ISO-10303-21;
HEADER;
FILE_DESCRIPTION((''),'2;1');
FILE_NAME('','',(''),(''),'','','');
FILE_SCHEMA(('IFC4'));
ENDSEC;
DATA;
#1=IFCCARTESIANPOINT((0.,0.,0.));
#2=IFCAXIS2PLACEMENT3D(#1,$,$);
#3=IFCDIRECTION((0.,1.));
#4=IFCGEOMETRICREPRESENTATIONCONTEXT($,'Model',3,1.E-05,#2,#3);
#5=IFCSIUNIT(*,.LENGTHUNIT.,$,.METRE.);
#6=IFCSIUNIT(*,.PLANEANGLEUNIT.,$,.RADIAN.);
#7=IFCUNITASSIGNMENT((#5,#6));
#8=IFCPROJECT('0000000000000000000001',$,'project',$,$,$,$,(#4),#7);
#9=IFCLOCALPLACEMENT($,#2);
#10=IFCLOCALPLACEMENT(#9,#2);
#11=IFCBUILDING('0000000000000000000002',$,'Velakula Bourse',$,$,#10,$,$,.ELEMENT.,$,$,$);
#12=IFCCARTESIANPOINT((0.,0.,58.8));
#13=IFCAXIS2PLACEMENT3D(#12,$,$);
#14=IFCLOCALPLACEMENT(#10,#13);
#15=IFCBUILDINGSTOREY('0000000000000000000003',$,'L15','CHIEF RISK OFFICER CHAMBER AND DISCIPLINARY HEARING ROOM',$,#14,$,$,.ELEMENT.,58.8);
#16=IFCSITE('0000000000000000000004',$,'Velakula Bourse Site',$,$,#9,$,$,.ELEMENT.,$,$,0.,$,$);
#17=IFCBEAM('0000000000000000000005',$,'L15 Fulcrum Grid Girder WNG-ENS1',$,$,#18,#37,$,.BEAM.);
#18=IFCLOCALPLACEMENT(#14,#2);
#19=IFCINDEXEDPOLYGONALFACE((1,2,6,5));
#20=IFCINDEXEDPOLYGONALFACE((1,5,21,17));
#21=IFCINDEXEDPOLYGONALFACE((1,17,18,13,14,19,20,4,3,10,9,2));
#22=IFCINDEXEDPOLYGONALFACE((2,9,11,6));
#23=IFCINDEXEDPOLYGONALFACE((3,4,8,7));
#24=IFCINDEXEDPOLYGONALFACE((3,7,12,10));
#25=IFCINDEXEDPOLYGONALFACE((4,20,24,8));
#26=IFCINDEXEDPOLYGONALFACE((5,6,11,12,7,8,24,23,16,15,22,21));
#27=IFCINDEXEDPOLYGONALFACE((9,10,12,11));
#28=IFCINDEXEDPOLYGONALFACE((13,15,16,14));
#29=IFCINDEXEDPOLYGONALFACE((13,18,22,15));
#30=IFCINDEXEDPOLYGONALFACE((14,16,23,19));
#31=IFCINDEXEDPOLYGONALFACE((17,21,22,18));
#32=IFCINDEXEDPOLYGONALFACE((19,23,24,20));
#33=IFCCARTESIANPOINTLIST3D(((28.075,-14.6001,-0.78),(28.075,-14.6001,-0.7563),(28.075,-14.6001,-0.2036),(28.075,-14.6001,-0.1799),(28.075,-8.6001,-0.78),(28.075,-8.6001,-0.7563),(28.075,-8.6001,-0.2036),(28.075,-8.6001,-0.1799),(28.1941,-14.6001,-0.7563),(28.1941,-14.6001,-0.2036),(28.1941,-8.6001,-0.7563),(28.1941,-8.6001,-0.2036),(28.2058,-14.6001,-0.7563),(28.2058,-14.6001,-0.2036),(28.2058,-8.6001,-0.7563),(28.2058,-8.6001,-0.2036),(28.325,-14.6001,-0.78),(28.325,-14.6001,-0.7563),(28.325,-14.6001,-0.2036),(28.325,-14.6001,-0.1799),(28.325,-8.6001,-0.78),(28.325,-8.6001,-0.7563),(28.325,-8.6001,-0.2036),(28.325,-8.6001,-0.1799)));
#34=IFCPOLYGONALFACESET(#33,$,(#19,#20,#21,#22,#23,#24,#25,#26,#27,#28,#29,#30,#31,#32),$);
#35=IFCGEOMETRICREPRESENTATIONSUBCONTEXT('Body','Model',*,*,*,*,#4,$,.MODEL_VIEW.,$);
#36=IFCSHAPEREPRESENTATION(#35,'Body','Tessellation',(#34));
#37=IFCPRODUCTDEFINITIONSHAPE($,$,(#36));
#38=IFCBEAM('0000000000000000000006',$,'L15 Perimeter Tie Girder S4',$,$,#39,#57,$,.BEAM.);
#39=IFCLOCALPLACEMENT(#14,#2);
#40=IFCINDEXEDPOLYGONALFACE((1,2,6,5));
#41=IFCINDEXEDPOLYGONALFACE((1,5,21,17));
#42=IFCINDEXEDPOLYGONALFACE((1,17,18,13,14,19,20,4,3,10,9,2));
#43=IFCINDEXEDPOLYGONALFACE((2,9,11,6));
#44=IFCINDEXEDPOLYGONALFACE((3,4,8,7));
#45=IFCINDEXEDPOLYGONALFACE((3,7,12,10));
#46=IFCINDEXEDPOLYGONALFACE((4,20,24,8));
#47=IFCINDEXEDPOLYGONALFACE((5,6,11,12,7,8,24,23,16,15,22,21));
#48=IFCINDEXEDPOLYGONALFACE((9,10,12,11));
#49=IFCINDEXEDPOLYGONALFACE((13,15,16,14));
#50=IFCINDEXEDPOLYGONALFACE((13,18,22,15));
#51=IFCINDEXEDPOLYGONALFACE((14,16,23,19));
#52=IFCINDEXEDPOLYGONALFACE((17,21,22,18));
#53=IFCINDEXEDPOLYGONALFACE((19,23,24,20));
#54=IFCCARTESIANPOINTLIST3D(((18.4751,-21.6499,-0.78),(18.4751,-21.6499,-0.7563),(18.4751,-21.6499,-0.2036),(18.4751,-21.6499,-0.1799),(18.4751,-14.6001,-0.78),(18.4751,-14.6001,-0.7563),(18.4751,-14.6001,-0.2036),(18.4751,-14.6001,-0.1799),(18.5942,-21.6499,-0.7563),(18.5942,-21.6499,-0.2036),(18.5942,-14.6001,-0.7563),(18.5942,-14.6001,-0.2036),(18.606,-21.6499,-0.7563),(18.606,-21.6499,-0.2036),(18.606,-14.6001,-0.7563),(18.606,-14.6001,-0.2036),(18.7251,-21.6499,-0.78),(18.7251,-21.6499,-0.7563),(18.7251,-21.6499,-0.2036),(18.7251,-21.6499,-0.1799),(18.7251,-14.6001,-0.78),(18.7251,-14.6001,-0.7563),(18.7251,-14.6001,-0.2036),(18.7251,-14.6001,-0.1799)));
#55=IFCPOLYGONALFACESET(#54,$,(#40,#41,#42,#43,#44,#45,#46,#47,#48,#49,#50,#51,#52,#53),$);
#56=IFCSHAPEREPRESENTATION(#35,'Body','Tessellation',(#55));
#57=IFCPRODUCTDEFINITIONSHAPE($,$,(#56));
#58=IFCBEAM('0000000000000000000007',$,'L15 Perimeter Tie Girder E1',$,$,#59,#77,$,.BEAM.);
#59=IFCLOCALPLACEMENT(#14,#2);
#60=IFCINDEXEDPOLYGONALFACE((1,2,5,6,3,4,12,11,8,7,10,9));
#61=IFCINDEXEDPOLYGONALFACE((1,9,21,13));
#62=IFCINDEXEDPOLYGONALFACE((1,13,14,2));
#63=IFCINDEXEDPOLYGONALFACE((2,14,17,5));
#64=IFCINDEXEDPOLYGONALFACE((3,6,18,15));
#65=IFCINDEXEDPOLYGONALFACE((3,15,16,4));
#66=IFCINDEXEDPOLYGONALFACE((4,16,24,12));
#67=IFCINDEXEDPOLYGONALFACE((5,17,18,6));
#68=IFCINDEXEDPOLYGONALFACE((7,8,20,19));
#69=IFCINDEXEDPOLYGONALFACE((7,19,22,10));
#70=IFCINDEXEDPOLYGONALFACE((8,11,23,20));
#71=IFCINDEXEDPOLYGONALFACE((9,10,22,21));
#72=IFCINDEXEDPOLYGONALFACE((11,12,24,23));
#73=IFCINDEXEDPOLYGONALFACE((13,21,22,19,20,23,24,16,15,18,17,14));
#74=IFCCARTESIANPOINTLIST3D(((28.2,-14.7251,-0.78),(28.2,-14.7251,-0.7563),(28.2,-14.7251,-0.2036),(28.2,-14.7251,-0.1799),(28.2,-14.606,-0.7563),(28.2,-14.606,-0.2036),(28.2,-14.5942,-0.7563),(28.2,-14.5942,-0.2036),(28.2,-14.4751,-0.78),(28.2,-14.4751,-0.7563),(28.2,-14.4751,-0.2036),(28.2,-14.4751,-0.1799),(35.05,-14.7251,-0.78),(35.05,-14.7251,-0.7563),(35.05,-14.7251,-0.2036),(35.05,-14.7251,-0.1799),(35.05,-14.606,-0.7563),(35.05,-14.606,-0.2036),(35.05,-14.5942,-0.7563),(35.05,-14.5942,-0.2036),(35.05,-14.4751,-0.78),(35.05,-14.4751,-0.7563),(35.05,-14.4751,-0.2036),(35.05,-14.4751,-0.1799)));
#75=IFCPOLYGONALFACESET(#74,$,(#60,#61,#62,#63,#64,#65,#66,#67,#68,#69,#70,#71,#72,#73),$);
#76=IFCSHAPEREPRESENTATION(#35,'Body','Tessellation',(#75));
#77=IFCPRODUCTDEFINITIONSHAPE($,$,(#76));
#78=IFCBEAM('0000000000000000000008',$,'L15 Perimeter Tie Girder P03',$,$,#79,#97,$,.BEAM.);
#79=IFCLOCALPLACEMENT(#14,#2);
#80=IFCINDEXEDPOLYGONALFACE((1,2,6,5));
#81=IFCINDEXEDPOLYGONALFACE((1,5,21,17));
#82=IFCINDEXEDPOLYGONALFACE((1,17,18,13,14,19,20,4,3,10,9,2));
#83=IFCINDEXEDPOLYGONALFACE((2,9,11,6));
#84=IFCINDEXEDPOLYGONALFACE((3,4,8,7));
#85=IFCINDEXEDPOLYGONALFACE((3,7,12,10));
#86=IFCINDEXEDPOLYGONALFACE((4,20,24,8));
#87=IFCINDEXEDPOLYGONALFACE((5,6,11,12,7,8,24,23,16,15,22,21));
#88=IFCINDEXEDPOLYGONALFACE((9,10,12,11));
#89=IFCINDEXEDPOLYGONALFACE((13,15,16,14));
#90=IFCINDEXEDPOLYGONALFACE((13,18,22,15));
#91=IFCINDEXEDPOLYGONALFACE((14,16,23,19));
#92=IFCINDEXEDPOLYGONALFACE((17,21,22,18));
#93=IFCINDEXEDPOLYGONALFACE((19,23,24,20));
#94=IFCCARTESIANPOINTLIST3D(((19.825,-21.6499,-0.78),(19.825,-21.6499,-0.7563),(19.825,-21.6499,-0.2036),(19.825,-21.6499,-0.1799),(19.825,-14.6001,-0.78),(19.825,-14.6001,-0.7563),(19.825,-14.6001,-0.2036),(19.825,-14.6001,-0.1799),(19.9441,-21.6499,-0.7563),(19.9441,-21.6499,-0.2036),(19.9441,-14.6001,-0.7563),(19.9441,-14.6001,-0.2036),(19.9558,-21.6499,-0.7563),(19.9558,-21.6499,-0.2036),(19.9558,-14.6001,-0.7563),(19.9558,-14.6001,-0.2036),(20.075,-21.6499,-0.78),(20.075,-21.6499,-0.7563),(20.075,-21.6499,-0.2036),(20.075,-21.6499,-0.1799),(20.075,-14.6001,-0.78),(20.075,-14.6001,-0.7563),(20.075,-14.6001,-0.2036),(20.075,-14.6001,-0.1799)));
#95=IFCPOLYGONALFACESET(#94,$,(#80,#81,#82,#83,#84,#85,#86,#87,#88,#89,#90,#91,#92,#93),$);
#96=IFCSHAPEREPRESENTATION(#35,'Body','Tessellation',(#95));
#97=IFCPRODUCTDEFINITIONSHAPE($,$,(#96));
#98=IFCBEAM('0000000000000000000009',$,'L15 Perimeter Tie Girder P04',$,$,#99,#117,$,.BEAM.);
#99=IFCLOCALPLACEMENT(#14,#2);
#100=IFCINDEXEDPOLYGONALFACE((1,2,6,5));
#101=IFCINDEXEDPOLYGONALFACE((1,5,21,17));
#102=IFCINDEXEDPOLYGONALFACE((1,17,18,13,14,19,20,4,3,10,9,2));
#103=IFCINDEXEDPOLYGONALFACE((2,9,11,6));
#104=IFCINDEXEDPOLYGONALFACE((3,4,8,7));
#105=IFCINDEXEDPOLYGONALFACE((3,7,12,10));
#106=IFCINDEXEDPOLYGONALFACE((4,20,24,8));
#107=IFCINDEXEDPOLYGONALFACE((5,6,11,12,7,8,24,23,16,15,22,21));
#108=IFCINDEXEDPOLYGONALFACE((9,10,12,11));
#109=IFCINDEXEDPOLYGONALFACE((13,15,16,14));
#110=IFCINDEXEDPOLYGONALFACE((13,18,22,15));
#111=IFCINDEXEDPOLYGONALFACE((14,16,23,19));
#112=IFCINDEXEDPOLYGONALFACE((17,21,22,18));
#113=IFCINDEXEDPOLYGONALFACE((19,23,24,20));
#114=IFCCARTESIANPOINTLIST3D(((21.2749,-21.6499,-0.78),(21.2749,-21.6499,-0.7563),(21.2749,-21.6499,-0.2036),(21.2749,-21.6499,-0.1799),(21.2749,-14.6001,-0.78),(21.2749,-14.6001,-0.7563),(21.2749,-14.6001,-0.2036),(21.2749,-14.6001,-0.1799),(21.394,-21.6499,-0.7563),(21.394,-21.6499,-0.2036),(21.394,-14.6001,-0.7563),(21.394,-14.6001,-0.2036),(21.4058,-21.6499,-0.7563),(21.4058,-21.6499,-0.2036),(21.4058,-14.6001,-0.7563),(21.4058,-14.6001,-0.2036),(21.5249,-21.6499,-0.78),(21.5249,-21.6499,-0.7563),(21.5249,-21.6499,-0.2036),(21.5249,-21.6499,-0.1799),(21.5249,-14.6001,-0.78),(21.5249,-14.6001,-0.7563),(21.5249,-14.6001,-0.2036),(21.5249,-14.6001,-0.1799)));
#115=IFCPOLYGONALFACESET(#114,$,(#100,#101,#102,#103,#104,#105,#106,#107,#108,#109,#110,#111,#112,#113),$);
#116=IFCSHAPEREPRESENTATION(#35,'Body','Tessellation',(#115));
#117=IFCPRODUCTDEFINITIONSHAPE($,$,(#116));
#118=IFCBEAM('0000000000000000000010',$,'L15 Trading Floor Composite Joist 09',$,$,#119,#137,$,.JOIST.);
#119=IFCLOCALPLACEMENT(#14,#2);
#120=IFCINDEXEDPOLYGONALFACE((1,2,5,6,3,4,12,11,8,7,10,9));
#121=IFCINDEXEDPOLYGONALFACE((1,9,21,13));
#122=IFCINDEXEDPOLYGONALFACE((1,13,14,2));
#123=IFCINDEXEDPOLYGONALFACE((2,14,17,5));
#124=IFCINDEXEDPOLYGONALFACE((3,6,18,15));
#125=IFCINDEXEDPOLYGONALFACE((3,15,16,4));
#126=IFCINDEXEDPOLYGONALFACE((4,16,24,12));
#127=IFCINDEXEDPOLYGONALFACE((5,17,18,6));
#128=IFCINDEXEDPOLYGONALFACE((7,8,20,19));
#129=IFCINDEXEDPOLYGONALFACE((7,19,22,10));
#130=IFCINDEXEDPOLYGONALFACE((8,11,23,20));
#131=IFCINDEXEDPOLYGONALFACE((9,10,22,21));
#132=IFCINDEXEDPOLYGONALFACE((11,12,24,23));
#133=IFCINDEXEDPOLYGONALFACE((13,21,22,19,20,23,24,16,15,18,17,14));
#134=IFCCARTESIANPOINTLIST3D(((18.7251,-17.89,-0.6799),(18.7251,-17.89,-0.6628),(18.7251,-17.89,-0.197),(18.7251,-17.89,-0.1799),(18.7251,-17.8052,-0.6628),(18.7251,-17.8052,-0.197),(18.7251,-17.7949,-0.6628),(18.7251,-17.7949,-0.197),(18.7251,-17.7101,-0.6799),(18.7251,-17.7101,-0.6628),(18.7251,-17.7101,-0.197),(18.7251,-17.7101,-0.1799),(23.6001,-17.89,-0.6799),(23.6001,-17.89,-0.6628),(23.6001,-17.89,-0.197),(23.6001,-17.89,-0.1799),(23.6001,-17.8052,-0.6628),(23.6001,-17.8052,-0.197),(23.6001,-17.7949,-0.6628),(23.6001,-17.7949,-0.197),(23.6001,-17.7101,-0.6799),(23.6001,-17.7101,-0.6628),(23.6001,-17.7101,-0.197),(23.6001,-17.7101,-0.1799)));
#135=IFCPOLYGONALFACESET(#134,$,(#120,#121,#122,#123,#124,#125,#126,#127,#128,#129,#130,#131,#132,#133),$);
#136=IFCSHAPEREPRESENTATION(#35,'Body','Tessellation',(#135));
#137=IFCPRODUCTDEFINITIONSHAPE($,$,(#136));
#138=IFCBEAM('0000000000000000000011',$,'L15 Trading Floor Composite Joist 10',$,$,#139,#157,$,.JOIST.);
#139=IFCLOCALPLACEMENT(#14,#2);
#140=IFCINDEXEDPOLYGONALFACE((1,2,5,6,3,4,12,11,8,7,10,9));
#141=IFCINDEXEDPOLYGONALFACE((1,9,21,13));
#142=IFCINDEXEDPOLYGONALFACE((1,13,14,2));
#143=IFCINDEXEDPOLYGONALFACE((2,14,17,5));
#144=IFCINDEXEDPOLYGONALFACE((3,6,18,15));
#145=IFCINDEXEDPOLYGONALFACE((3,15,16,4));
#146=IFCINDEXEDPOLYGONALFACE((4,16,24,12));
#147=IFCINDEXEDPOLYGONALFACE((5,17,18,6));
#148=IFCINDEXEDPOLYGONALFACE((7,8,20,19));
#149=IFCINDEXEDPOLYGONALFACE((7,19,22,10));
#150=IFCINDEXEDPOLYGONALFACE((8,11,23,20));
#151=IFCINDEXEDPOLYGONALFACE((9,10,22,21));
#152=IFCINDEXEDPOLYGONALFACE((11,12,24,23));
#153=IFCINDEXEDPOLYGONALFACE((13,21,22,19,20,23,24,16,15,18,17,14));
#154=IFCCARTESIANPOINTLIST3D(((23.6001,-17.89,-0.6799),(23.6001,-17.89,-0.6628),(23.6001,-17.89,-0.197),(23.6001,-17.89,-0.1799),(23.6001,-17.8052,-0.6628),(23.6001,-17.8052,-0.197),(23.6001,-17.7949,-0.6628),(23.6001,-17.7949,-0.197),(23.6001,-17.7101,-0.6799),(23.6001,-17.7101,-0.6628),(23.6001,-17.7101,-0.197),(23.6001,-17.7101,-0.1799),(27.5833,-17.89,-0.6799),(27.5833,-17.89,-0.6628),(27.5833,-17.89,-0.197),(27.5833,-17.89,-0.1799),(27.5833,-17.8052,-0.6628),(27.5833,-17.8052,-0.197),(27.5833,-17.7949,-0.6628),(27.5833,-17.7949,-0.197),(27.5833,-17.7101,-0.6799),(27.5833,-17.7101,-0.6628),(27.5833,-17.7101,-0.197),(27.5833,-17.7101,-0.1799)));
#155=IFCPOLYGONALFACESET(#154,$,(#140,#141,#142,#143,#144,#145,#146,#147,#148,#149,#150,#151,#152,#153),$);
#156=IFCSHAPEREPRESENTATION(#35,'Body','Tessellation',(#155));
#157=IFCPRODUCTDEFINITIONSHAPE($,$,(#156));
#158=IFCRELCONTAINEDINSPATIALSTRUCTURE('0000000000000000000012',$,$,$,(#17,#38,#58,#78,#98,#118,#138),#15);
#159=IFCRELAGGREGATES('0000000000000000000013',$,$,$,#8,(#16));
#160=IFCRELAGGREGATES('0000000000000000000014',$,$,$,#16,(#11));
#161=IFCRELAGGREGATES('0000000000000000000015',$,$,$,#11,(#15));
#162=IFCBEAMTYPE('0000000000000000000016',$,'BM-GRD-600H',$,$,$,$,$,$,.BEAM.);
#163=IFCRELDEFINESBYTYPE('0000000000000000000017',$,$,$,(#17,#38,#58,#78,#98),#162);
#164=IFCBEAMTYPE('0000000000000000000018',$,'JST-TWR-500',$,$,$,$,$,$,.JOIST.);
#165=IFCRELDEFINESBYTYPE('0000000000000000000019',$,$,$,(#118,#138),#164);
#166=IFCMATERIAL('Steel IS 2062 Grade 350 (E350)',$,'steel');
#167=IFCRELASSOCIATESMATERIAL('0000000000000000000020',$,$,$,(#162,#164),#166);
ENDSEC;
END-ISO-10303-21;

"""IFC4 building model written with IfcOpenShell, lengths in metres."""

from ifc_helpers import new_model, si_unit, direction, frame, origin, origin_2d, place, context, subcontext, project, spatial, i_section, extrude, material, material_profile, profile_set, type_object, element, save


model = new_model("IFC4")

# Units and contexts
model_context = context("Model", 3, precision=1e-05, world=origin(), true_north=direction((0.0, 1.0)))
body_context = subcontext(model_context, "Body", "Model", "MODEL_VIEW")
ifc_project = project(units=[si_unit("LENGTHUNIT", "METRE"), si_unit("PLANEANGLEUNIT", "RADIAN")], contexts=[model_context])

# Site, building, storey
site_placement = place(None, origin())
site = spatial("IfcSite", under=ifc_project, at=site_placement, Name="Velakula Bourse Site", CompositionType="ELEMENT", RefElevation=0.0)
building_placement = place(site_placement, origin())
building = spatial("IfcBuilding", under=site, at=building_placement, Name="Velakula Bourse", CompositionType="ELEMENT")
storey_placement = place(building_placement, frame((0.0, 0.0, 58.8)))
storey = spatial("IfcBuildingStorey", under=building, at=storey_placement, Name="L15", Description="CHIEF RISK OFFICER CHAMBER AND DISCIPLINARY HEARING ROOM", CompositionType="ELEMENT", Elevation=58.8)

# Beams
ifc_material_1 = material(Name="Steel IS 2062 Grade 350 (E350)", Category="steel")
ifc_material_profile_1 = material_profile(ifc_material_1, i_section(OverallWidth=0.25, OverallDepth=0.6001, WebThickness=0.0117, FlangeThickness=0.0237, at=origin_2d()), Name="Steel IS 2062 Grade 350 (E350)")
ifc_profile_set_1 = profile_set([ifc_material_profile_1], Name="Steel IS 2062 Grade 350 (E350)")
beam_type_1 = type_object("IfcBeamType", Name="BM-GRD-600H", PredefinedType="BEAM", material=ifc_profile_set_1)
beam_1_placement = place(storey_placement, frame((28.2, -14.6001, -0.48), z_axis=(0.0, 1.0, 0.0), x_axis=(-1.0, 0.0, 0.0)))
element("IfcBeam", 1, at=beam_1_placement, inside=storey, type_object=beam_type_1, Name="L15 Fulcrum Grid Girder WNG-ENS1", PredefinedType="BEAM", context=body_context, shape_type="SweptSolid", body=[
    extrude(i_section(OverallWidth=0.25, OverallDepth=0.6001, WebThickness=0.0117, FlangeThickness=0.0237, at=origin_2d()), origin(), (0.0, 0.0, 1.0), 6.0),
])
beam_2_placement = place(storey_placement, frame((18.6001, -14.6001, -0.48), z_axis=(0.0, -1.0, 0.0), x_axis=(1.0, 0.0, 0.0)))
element("IfcBeam", 2, at=beam_2_placement, inside=storey, type_object=beam_type_1, Name="L15 Perimeter Tie Girder S4", PredefinedType="BEAM", context=body_context, shape_type="SweptSolid", body=[
    extrude(i_section(OverallWidth=0.25, OverallDepth=0.6001, WebThickness=0.0117, FlangeThickness=0.0237, at=origin_2d()), origin(), (0.0, 0.0, 1.0), 7.0498),
])
beam_3_placement = place(storey_placement, frame((28.2, -14.6001, -0.48), z_axis=(1.0, 0.0, 0.0), x_axis=(0.0, 1.0, 0.0)))
element("IfcBeam", 3, at=beam_3_placement, inside=storey, type_object=beam_type_1, Name="L15 Perimeter Tie Girder E1", PredefinedType="BEAM", context=body_context, shape_type="SweptSolid", body=[
    extrude(i_section(OverallWidth=0.25, OverallDepth=0.6001, WebThickness=0.0117, FlangeThickness=0.0237, at=origin_2d()), origin(), (0.0, 0.0, 1.0), 6.8501),
])
for number, where, z_axis, x_axis, name in (
    (4, (19.95, -14.6001, -0.48), (0.0, -1.0, 0.0), (1.0, 0.0, 0.0), "L15 Perimeter Tie Girder P03"),
    (5, (21.3999, -14.6001, -0.48), (0.0, -1.0, 0.0), (1.0, 0.0, 0.0), "L15 Perimeter Tie Girder P04"),
):
    element("IfcBeam", number, at=place(storey_placement, frame(where, z_axis=z_axis, x_axis=x_axis)), inside=storey, type_object=beam_type_1, Name=name, PredefinedType="BEAM", context=body_context, shape_type="SweptSolid", body=[
        extrude(i_section(OverallWidth=0.25, OverallDepth=0.6001, WebThickness=0.0117, FlangeThickness=0.0237, at=origin_2d()), origin(), (0.0, 0.0, 1.0), 7.0498),
    ])
ifc_material_profile_2 = material_profile(ifc_material_1, i_section(OverallWidth=0.1799, OverallDepth=0.5, WebThickness=0.0103, FlangeThickness=0.0171, at=origin_2d()), Name="Steel IS 2062 Grade 350 (E350)")
ifc_profile_set_2 = profile_set([ifc_material_profile_2], Name="Steel IS 2062 Grade 350 (E350)")
beam_type_2 = type_object("IfcBeamType", Name="JST-TWR-500", PredefinedType="JOIST", material=ifc_profile_set_2)
beam_4_placement = place(storey_placement, frame((18.7251, -17.8, -0.4299), z_axis=(1.0, 0.0, 0.0), x_axis=(0.0, 1.0, 0.0)))
element("IfcBeam", 6, at=beam_4_placement, inside=storey, type_object=beam_type_2, Name="L15 Trading Floor Composite Joist 09", PredefinedType="JOIST", context=body_context, shape_type="SweptSolid", body=[
    extrude(i_section(OverallWidth=0.1799, OverallDepth=0.5, WebThickness=0.0103, FlangeThickness=0.0171, at=origin_2d()), origin(), (0.0, 0.0, 1.0), 4.875),
])
beam_5_placement = place(storey_placement, frame((23.6001, -17.8, -0.4299), z_axis=(1.0, 0.0, 0.0), x_axis=(0.0, 1.0, 0.0)))
element("IfcBeam", 7, at=beam_5_placement, inside=storey, type_object=beam_type_2, Name="L15 Trading Floor Composite Joist 10", PredefinedType="JOIST", context=body_context, shape_type="SweptSolid", body=[
    extrude(i_section(OverallWidth=0.1799, OverallDepth=0.5, WebThickness=0.0103, FlangeThickness=0.0171, at=origin_2d()), origin(), (0.0, 0.0, 1.0), 3.9832),
])

save(model, "model.ifc")
